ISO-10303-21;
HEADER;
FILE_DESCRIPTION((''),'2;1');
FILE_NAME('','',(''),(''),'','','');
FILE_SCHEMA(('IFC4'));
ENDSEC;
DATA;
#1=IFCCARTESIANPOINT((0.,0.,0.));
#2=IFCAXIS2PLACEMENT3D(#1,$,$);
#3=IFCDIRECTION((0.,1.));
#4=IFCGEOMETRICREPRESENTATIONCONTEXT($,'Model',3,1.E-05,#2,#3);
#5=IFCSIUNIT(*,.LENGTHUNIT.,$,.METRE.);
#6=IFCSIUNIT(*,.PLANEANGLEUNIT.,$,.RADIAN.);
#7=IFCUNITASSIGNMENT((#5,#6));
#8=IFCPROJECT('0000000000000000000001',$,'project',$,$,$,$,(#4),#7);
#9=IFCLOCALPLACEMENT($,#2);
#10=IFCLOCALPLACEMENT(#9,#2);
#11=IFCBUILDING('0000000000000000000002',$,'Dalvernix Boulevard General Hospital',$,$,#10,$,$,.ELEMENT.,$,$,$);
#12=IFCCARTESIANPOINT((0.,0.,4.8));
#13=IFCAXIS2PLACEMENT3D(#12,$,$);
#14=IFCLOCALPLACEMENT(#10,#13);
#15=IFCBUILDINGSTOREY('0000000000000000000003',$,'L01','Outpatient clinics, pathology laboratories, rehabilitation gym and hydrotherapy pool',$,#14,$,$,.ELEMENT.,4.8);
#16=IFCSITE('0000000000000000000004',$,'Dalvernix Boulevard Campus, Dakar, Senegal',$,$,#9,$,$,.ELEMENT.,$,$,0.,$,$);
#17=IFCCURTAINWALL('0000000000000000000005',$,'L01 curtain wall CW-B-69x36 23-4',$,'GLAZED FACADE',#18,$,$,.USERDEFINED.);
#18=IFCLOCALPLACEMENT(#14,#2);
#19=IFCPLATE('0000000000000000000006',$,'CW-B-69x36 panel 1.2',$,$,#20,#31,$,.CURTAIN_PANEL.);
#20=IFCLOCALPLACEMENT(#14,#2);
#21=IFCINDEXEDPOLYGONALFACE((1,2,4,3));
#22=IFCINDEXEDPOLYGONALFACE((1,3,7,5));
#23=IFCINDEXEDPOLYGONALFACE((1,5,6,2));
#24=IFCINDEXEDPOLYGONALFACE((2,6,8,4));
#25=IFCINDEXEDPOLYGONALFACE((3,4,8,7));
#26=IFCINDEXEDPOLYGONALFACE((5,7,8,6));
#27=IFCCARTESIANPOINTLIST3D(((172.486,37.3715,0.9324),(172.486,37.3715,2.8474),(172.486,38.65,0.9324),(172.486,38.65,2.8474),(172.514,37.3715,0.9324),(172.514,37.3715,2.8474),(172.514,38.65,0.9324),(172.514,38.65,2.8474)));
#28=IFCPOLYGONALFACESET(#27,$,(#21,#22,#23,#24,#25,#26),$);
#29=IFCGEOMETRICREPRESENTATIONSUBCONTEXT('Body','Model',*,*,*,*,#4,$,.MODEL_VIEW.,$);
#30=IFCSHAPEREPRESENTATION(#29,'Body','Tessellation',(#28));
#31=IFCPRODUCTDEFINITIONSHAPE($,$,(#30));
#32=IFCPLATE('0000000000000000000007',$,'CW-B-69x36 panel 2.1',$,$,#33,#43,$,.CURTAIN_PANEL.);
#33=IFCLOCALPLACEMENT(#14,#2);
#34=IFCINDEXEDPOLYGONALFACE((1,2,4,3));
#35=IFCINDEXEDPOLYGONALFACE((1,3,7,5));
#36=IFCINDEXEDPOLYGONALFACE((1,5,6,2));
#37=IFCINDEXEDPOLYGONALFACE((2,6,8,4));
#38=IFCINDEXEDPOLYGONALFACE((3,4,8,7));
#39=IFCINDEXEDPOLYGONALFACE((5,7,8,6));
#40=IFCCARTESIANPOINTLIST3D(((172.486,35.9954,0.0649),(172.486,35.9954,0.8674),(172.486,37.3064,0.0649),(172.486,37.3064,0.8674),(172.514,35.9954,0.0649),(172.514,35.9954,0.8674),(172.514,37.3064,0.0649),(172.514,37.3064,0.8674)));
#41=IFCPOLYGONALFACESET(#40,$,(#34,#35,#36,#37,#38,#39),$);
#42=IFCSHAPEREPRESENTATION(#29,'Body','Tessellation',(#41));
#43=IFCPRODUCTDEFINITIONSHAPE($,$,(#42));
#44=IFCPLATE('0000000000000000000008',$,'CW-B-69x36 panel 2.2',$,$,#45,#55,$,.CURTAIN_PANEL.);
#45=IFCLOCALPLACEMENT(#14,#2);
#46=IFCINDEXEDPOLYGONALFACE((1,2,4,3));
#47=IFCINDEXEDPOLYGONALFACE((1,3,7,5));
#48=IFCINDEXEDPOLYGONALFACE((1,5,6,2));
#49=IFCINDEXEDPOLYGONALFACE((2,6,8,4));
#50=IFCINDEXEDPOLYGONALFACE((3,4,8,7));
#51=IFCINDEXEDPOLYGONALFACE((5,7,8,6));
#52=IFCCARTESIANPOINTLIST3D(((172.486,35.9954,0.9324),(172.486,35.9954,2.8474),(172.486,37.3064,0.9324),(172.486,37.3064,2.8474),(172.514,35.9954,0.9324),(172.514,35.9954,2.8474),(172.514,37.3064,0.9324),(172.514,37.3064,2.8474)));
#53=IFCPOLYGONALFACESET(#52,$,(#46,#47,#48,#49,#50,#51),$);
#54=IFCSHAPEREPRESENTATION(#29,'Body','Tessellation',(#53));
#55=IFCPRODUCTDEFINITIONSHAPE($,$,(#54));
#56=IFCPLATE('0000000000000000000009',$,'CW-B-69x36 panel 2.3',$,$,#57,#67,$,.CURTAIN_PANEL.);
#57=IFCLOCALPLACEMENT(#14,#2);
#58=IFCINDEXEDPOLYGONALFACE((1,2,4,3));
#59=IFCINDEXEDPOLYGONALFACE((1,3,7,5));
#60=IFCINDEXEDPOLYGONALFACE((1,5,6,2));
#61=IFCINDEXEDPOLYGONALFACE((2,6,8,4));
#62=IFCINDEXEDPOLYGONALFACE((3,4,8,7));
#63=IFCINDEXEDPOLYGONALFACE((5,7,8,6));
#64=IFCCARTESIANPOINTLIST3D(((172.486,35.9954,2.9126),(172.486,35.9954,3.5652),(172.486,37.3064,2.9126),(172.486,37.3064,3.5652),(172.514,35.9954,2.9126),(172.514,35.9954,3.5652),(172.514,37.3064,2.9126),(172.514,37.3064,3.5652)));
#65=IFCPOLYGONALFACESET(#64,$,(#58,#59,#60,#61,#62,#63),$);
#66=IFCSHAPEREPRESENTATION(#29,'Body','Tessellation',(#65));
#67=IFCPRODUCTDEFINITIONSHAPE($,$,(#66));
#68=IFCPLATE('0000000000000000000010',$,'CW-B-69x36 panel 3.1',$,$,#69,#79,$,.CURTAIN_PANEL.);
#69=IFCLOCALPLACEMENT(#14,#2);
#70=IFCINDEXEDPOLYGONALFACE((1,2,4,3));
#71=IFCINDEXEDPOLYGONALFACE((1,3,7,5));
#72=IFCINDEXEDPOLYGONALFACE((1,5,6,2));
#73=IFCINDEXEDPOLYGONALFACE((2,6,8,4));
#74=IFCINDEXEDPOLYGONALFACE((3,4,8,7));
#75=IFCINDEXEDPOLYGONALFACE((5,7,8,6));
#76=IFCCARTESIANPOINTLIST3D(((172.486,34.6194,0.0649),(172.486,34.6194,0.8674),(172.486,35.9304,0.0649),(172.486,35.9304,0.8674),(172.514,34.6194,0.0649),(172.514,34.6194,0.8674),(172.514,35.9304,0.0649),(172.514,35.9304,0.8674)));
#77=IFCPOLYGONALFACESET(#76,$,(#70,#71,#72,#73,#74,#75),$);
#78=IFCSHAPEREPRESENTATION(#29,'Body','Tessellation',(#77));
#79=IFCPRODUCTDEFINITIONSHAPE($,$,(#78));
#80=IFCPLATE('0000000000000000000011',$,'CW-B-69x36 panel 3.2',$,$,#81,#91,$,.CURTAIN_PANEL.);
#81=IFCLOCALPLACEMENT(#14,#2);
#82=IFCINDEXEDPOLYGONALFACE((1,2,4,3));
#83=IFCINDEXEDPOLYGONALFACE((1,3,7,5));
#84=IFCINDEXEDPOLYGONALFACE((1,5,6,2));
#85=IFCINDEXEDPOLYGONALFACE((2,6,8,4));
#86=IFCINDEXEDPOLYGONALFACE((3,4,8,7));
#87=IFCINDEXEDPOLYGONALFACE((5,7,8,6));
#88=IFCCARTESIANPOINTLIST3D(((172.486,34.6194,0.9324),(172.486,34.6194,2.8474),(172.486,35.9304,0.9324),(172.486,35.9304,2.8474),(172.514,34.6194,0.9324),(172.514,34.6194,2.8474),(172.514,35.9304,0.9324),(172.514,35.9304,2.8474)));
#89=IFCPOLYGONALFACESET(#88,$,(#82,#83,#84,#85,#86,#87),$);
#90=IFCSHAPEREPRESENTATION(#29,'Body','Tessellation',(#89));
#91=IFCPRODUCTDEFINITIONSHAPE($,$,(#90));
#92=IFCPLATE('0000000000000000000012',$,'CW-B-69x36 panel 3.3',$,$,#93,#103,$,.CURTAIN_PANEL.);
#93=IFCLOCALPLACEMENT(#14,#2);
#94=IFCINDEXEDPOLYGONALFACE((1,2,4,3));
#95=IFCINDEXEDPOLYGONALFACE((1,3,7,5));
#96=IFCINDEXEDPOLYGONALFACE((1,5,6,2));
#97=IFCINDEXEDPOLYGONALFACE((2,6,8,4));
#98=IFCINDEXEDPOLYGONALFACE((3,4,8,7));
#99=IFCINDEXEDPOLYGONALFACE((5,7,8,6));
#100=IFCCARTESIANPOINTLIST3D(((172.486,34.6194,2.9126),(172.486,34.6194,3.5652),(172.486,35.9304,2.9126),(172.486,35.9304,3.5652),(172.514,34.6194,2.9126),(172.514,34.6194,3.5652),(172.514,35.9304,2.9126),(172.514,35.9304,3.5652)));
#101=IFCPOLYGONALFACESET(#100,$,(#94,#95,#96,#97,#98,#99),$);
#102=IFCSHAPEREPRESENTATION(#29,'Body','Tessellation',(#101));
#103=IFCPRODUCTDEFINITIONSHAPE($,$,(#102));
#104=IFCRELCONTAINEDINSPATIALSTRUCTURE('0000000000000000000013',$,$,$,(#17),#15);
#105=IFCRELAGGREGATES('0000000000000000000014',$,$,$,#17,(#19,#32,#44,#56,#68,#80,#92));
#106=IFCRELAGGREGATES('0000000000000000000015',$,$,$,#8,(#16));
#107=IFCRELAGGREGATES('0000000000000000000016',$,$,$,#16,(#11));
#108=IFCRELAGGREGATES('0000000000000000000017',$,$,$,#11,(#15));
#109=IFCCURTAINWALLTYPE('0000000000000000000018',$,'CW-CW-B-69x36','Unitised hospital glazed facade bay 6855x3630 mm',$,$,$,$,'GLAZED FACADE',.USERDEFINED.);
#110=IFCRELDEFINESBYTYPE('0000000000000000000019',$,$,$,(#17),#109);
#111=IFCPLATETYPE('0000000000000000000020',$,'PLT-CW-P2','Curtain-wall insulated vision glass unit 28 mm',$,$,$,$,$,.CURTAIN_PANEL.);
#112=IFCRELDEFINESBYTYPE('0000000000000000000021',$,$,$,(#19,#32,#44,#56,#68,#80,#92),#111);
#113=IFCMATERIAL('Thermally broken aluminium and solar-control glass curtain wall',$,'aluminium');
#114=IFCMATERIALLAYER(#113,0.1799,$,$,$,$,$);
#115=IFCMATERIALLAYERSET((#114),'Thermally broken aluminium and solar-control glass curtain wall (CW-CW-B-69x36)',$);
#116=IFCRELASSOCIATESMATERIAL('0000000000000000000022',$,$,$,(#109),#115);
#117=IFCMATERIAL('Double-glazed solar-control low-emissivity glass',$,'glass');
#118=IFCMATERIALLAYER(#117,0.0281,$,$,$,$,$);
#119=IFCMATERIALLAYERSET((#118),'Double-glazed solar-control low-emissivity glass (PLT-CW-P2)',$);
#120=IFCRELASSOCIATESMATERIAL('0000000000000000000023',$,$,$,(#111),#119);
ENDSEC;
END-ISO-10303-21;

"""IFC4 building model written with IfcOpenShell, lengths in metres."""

from ifc_helpers import new_model, si_unit, direction, frame, origin, origin_2d, place, context, subcontext, project, spatial, rectangle, extrude, material, layer, layer_set, type_object, element, aggregate, save


model = new_model("IFC4")

# Units and contexts
model_context = context("Model", 3, precision=1e-05, world=origin(), true_north=direction((0.0, 1.0)))
body_context = subcontext(model_context, "Body", "Model", "MODEL_VIEW")
ifc_project = project(units=[si_unit("LENGTHUNIT", "METRE"), si_unit("PLANEANGLEUNIT", "RADIAN")], contexts=[model_context])

# Site, building, storey
site_placement = place(None, origin())
site = spatial("IfcSite", under=ifc_project, at=site_placement, Name="Dalvernix Boulevard Campus, Dakar, Senegal", CompositionType="ELEMENT", RefElevation=0.0)
building_placement = place(site_placement, origin())
building = spatial("IfcBuilding", under=site, at=building_placement, Name="Dalvernix Boulevard General Hospital", CompositionType="ELEMENT")
storey_placement = place(building_placement, frame((0.0, 0.0, 4.8)))
storey = spatial("IfcBuildingStorey", under=building, at=storey_placement, Name="L01", Description="Outpatient clinics, pathology laboratories, rehabilitation gym and hydrotherapy pool", CompositionType="ELEMENT", Elevation=4.8)

# Curtain wall, plates
ifc_material_1 = material(Name="Thermally broken aluminium and solar-control glass curtain wall", Category="aluminium")
ifc_layer_1 = layer(ifc_material_1, 0.1799)
ifc_layer_set_1 = layer_set([ifc_layer_1], Name="Thermally broken aluminium and solar-control glass curtain wall (CW-CW-B-69x36)")
curtain_wall_type = type_object("IfcCurtainWallType", Name="CW-CW-B-69x36", Description="Unitised hospital glazed facade bay 6855x3630 mm", ElementType="GLAZED FACADE", PredefinedType="USERDEFINED", material=ifc_layer_set_1)
curtain_wall_placement = place(storey_placement, origin())
curtain_wall = element("IfcCurtainWall", 1, at=curtain_wall_placement, inside=storey, type_object=curtain_wall_type, Name="L01 curtain wall CW-B-69x36 23-4", ObjectType="GLAZED FACADE", PredefinedType="USERDEFINED")
ifc_material_2 = material(Name="Double-glazed solar-control low-emissivity glass", Category="glass")
ifc_layer_2 = layer(ifc_material_2, 0.0281)
ifc_layer_set_2 = layer_set([ifc_layer_2], Name="Double-glazed solar-control low-emissivity glass (PLT-CW-P2)")
plate_type = type_object("IfcPlateType", Name="PLT-CW-P2", Description="Curtain-wall insulated vision glass unit 28 mm", PredefinedType="CURTAIN_PANEL", material=ifc_layer_set_2)
plate_1_placement = place(storey_placement, frame((172.5, 38.0107, 0.9324), z_axis=(0.0, 0.0, 1.0), x_axis=(0.0, -1.0, 0.0)))
plate_1 = element("IfcPlate", 2, at=plate_1_placement, type_object=plate_type, Name="CW-B-69x36 panel 1.2", PredefinedType="CURTAIN_PANEL", context=body_context, shape_type="SweptSolid", body=[
    extrude(rectangle(XDim=1.2786, YDim=0.0281, at=origin_2d()), origin(), (0.0, 0.0, 1.0), 1.915),
])
plate_2_placement = place(storey_placement, frame((172.5, 36.6509, 0.0649), z_axis=(0.0, 0.0, 1.0), x_axis=(0.0, -1.0, 0.0)))
plate_2 = element("IfcPlate", 3, at=plate_2_placement, type_object=plate_type, Name="CW-B-69x36 panel 2.1", PredefinedType="CURTAIN_PANEL", context=body_context, shape_type="SweptSolid", body=[
    extrude(rectangle(XDim=1.311, YDim=0.0281, at=origin_2d()), origin(), (0.0, 0.0, 1.0), 0.8025),
])
plate_3_placement = place(storey_placement, frame((172.5, 36.6509, 0.9324), z_axis=(0.0, 0.0, 1.0), x_axis=(0.0, -1.0, 0.0)))
plate_3 = element("IfcPlate", 4, at=plate_3_placement, type_object=plate_type, Name="CW-B-69x36 panel 2.2", PredefinedType="CURTAIN_PANEL", context=body_context, shape_type="SweptSolid", body=[
    extrude(rectangle(XDim=1.311, YDim=0.0281, at=origin_2d()), origin(), (0.0, 0.0, 1.0), 1.915),
])
plate_4_placement = place(storey_placement, frame((172.5, 36.6509, 2.9126), z_axis=(0.0, 0.0, 1.0), x_axis=(0.0, -1.0, 0.0)))
plate_4 = element("IfcPlate", 5, at=plate_4_placement, type_object=plate_type, Name="CW-B-69x36 panel 2.3", PredefinedType="CURTAIN_PANEL", context=body_context, shape_type="SweptSolid", body=[
    extrude(rectangle(XDim=1.311, YDim=0.0281, at=origin_2d()), origin(), (0.0, 0.0, 1.0), 0.6526),
])
plate_5_placement = place(storey_placement, frame((172.5, 35.2749, 0.0649), z_axis=(0.0, 0.0, 1.0), x_axis=(0.0, -1.0, 0.0)))
plate_5 = element("IfcPlate", 6, at=plate_5_placement, type_object=plate_type, Name="CW-B-69x36 panel 3.1", PredefinedType="CURTAIN_PANEL", context=body_context, shape_type="SweptSolid", body=[
    extrude(rectangle(XDim=1.311, YDim=0.0281, at=origin_2d()), origin(), (0.0, 0.0, 1.0), 0.8025),
])
plate_6_placement = place(storey_placement, frame((172.5, 35.2749, 0.9324), z_axis=(0.0, 0.0, 1.0), x_axis=(0.0, -1.0, 0.0)))
plate_6 = element("IfcPlate", 7, at=plate_6_placement, type_object=plate_type, Name="CW-B-69x36 panel 3.2", PredefinedType="CURTAIN_PANEL", context=body_context, shape_type="SweptSolid", body=[
    extrude(rectangle(XDim=1.311, YDim=0.0281, at=origin_2d()), origin(), (0.0, 0.0, 1.0), 1.915),
])
plate_7_placement = place(storey_placement, frame((172.5, 35.2749, 2.9126), z_axis=(0.0, 0.0, 1.0), x_axis=(0.0, -1.0, 0.0)))
plate_7 = element("IfcPlate", 8, at=plate_7_placement, type_object=plate_type, Name="CW-B-69x36 panel 3.3", PredefinedType="CURTAIN_PANEL", context=body_context, shape_type="SweptSolid", body=[
    extrude(rectangle(XDim=1.311, YDim=0.0281, at=origin_2d()), origin(), (0.0, 0.0, 1.0), 0.6526),
])
aggregate(curtain_wall, [plate_1, plate_2, plate_3, plate_4, plate_5, plate_6, plate_7])

save(model, "model.ifc")
